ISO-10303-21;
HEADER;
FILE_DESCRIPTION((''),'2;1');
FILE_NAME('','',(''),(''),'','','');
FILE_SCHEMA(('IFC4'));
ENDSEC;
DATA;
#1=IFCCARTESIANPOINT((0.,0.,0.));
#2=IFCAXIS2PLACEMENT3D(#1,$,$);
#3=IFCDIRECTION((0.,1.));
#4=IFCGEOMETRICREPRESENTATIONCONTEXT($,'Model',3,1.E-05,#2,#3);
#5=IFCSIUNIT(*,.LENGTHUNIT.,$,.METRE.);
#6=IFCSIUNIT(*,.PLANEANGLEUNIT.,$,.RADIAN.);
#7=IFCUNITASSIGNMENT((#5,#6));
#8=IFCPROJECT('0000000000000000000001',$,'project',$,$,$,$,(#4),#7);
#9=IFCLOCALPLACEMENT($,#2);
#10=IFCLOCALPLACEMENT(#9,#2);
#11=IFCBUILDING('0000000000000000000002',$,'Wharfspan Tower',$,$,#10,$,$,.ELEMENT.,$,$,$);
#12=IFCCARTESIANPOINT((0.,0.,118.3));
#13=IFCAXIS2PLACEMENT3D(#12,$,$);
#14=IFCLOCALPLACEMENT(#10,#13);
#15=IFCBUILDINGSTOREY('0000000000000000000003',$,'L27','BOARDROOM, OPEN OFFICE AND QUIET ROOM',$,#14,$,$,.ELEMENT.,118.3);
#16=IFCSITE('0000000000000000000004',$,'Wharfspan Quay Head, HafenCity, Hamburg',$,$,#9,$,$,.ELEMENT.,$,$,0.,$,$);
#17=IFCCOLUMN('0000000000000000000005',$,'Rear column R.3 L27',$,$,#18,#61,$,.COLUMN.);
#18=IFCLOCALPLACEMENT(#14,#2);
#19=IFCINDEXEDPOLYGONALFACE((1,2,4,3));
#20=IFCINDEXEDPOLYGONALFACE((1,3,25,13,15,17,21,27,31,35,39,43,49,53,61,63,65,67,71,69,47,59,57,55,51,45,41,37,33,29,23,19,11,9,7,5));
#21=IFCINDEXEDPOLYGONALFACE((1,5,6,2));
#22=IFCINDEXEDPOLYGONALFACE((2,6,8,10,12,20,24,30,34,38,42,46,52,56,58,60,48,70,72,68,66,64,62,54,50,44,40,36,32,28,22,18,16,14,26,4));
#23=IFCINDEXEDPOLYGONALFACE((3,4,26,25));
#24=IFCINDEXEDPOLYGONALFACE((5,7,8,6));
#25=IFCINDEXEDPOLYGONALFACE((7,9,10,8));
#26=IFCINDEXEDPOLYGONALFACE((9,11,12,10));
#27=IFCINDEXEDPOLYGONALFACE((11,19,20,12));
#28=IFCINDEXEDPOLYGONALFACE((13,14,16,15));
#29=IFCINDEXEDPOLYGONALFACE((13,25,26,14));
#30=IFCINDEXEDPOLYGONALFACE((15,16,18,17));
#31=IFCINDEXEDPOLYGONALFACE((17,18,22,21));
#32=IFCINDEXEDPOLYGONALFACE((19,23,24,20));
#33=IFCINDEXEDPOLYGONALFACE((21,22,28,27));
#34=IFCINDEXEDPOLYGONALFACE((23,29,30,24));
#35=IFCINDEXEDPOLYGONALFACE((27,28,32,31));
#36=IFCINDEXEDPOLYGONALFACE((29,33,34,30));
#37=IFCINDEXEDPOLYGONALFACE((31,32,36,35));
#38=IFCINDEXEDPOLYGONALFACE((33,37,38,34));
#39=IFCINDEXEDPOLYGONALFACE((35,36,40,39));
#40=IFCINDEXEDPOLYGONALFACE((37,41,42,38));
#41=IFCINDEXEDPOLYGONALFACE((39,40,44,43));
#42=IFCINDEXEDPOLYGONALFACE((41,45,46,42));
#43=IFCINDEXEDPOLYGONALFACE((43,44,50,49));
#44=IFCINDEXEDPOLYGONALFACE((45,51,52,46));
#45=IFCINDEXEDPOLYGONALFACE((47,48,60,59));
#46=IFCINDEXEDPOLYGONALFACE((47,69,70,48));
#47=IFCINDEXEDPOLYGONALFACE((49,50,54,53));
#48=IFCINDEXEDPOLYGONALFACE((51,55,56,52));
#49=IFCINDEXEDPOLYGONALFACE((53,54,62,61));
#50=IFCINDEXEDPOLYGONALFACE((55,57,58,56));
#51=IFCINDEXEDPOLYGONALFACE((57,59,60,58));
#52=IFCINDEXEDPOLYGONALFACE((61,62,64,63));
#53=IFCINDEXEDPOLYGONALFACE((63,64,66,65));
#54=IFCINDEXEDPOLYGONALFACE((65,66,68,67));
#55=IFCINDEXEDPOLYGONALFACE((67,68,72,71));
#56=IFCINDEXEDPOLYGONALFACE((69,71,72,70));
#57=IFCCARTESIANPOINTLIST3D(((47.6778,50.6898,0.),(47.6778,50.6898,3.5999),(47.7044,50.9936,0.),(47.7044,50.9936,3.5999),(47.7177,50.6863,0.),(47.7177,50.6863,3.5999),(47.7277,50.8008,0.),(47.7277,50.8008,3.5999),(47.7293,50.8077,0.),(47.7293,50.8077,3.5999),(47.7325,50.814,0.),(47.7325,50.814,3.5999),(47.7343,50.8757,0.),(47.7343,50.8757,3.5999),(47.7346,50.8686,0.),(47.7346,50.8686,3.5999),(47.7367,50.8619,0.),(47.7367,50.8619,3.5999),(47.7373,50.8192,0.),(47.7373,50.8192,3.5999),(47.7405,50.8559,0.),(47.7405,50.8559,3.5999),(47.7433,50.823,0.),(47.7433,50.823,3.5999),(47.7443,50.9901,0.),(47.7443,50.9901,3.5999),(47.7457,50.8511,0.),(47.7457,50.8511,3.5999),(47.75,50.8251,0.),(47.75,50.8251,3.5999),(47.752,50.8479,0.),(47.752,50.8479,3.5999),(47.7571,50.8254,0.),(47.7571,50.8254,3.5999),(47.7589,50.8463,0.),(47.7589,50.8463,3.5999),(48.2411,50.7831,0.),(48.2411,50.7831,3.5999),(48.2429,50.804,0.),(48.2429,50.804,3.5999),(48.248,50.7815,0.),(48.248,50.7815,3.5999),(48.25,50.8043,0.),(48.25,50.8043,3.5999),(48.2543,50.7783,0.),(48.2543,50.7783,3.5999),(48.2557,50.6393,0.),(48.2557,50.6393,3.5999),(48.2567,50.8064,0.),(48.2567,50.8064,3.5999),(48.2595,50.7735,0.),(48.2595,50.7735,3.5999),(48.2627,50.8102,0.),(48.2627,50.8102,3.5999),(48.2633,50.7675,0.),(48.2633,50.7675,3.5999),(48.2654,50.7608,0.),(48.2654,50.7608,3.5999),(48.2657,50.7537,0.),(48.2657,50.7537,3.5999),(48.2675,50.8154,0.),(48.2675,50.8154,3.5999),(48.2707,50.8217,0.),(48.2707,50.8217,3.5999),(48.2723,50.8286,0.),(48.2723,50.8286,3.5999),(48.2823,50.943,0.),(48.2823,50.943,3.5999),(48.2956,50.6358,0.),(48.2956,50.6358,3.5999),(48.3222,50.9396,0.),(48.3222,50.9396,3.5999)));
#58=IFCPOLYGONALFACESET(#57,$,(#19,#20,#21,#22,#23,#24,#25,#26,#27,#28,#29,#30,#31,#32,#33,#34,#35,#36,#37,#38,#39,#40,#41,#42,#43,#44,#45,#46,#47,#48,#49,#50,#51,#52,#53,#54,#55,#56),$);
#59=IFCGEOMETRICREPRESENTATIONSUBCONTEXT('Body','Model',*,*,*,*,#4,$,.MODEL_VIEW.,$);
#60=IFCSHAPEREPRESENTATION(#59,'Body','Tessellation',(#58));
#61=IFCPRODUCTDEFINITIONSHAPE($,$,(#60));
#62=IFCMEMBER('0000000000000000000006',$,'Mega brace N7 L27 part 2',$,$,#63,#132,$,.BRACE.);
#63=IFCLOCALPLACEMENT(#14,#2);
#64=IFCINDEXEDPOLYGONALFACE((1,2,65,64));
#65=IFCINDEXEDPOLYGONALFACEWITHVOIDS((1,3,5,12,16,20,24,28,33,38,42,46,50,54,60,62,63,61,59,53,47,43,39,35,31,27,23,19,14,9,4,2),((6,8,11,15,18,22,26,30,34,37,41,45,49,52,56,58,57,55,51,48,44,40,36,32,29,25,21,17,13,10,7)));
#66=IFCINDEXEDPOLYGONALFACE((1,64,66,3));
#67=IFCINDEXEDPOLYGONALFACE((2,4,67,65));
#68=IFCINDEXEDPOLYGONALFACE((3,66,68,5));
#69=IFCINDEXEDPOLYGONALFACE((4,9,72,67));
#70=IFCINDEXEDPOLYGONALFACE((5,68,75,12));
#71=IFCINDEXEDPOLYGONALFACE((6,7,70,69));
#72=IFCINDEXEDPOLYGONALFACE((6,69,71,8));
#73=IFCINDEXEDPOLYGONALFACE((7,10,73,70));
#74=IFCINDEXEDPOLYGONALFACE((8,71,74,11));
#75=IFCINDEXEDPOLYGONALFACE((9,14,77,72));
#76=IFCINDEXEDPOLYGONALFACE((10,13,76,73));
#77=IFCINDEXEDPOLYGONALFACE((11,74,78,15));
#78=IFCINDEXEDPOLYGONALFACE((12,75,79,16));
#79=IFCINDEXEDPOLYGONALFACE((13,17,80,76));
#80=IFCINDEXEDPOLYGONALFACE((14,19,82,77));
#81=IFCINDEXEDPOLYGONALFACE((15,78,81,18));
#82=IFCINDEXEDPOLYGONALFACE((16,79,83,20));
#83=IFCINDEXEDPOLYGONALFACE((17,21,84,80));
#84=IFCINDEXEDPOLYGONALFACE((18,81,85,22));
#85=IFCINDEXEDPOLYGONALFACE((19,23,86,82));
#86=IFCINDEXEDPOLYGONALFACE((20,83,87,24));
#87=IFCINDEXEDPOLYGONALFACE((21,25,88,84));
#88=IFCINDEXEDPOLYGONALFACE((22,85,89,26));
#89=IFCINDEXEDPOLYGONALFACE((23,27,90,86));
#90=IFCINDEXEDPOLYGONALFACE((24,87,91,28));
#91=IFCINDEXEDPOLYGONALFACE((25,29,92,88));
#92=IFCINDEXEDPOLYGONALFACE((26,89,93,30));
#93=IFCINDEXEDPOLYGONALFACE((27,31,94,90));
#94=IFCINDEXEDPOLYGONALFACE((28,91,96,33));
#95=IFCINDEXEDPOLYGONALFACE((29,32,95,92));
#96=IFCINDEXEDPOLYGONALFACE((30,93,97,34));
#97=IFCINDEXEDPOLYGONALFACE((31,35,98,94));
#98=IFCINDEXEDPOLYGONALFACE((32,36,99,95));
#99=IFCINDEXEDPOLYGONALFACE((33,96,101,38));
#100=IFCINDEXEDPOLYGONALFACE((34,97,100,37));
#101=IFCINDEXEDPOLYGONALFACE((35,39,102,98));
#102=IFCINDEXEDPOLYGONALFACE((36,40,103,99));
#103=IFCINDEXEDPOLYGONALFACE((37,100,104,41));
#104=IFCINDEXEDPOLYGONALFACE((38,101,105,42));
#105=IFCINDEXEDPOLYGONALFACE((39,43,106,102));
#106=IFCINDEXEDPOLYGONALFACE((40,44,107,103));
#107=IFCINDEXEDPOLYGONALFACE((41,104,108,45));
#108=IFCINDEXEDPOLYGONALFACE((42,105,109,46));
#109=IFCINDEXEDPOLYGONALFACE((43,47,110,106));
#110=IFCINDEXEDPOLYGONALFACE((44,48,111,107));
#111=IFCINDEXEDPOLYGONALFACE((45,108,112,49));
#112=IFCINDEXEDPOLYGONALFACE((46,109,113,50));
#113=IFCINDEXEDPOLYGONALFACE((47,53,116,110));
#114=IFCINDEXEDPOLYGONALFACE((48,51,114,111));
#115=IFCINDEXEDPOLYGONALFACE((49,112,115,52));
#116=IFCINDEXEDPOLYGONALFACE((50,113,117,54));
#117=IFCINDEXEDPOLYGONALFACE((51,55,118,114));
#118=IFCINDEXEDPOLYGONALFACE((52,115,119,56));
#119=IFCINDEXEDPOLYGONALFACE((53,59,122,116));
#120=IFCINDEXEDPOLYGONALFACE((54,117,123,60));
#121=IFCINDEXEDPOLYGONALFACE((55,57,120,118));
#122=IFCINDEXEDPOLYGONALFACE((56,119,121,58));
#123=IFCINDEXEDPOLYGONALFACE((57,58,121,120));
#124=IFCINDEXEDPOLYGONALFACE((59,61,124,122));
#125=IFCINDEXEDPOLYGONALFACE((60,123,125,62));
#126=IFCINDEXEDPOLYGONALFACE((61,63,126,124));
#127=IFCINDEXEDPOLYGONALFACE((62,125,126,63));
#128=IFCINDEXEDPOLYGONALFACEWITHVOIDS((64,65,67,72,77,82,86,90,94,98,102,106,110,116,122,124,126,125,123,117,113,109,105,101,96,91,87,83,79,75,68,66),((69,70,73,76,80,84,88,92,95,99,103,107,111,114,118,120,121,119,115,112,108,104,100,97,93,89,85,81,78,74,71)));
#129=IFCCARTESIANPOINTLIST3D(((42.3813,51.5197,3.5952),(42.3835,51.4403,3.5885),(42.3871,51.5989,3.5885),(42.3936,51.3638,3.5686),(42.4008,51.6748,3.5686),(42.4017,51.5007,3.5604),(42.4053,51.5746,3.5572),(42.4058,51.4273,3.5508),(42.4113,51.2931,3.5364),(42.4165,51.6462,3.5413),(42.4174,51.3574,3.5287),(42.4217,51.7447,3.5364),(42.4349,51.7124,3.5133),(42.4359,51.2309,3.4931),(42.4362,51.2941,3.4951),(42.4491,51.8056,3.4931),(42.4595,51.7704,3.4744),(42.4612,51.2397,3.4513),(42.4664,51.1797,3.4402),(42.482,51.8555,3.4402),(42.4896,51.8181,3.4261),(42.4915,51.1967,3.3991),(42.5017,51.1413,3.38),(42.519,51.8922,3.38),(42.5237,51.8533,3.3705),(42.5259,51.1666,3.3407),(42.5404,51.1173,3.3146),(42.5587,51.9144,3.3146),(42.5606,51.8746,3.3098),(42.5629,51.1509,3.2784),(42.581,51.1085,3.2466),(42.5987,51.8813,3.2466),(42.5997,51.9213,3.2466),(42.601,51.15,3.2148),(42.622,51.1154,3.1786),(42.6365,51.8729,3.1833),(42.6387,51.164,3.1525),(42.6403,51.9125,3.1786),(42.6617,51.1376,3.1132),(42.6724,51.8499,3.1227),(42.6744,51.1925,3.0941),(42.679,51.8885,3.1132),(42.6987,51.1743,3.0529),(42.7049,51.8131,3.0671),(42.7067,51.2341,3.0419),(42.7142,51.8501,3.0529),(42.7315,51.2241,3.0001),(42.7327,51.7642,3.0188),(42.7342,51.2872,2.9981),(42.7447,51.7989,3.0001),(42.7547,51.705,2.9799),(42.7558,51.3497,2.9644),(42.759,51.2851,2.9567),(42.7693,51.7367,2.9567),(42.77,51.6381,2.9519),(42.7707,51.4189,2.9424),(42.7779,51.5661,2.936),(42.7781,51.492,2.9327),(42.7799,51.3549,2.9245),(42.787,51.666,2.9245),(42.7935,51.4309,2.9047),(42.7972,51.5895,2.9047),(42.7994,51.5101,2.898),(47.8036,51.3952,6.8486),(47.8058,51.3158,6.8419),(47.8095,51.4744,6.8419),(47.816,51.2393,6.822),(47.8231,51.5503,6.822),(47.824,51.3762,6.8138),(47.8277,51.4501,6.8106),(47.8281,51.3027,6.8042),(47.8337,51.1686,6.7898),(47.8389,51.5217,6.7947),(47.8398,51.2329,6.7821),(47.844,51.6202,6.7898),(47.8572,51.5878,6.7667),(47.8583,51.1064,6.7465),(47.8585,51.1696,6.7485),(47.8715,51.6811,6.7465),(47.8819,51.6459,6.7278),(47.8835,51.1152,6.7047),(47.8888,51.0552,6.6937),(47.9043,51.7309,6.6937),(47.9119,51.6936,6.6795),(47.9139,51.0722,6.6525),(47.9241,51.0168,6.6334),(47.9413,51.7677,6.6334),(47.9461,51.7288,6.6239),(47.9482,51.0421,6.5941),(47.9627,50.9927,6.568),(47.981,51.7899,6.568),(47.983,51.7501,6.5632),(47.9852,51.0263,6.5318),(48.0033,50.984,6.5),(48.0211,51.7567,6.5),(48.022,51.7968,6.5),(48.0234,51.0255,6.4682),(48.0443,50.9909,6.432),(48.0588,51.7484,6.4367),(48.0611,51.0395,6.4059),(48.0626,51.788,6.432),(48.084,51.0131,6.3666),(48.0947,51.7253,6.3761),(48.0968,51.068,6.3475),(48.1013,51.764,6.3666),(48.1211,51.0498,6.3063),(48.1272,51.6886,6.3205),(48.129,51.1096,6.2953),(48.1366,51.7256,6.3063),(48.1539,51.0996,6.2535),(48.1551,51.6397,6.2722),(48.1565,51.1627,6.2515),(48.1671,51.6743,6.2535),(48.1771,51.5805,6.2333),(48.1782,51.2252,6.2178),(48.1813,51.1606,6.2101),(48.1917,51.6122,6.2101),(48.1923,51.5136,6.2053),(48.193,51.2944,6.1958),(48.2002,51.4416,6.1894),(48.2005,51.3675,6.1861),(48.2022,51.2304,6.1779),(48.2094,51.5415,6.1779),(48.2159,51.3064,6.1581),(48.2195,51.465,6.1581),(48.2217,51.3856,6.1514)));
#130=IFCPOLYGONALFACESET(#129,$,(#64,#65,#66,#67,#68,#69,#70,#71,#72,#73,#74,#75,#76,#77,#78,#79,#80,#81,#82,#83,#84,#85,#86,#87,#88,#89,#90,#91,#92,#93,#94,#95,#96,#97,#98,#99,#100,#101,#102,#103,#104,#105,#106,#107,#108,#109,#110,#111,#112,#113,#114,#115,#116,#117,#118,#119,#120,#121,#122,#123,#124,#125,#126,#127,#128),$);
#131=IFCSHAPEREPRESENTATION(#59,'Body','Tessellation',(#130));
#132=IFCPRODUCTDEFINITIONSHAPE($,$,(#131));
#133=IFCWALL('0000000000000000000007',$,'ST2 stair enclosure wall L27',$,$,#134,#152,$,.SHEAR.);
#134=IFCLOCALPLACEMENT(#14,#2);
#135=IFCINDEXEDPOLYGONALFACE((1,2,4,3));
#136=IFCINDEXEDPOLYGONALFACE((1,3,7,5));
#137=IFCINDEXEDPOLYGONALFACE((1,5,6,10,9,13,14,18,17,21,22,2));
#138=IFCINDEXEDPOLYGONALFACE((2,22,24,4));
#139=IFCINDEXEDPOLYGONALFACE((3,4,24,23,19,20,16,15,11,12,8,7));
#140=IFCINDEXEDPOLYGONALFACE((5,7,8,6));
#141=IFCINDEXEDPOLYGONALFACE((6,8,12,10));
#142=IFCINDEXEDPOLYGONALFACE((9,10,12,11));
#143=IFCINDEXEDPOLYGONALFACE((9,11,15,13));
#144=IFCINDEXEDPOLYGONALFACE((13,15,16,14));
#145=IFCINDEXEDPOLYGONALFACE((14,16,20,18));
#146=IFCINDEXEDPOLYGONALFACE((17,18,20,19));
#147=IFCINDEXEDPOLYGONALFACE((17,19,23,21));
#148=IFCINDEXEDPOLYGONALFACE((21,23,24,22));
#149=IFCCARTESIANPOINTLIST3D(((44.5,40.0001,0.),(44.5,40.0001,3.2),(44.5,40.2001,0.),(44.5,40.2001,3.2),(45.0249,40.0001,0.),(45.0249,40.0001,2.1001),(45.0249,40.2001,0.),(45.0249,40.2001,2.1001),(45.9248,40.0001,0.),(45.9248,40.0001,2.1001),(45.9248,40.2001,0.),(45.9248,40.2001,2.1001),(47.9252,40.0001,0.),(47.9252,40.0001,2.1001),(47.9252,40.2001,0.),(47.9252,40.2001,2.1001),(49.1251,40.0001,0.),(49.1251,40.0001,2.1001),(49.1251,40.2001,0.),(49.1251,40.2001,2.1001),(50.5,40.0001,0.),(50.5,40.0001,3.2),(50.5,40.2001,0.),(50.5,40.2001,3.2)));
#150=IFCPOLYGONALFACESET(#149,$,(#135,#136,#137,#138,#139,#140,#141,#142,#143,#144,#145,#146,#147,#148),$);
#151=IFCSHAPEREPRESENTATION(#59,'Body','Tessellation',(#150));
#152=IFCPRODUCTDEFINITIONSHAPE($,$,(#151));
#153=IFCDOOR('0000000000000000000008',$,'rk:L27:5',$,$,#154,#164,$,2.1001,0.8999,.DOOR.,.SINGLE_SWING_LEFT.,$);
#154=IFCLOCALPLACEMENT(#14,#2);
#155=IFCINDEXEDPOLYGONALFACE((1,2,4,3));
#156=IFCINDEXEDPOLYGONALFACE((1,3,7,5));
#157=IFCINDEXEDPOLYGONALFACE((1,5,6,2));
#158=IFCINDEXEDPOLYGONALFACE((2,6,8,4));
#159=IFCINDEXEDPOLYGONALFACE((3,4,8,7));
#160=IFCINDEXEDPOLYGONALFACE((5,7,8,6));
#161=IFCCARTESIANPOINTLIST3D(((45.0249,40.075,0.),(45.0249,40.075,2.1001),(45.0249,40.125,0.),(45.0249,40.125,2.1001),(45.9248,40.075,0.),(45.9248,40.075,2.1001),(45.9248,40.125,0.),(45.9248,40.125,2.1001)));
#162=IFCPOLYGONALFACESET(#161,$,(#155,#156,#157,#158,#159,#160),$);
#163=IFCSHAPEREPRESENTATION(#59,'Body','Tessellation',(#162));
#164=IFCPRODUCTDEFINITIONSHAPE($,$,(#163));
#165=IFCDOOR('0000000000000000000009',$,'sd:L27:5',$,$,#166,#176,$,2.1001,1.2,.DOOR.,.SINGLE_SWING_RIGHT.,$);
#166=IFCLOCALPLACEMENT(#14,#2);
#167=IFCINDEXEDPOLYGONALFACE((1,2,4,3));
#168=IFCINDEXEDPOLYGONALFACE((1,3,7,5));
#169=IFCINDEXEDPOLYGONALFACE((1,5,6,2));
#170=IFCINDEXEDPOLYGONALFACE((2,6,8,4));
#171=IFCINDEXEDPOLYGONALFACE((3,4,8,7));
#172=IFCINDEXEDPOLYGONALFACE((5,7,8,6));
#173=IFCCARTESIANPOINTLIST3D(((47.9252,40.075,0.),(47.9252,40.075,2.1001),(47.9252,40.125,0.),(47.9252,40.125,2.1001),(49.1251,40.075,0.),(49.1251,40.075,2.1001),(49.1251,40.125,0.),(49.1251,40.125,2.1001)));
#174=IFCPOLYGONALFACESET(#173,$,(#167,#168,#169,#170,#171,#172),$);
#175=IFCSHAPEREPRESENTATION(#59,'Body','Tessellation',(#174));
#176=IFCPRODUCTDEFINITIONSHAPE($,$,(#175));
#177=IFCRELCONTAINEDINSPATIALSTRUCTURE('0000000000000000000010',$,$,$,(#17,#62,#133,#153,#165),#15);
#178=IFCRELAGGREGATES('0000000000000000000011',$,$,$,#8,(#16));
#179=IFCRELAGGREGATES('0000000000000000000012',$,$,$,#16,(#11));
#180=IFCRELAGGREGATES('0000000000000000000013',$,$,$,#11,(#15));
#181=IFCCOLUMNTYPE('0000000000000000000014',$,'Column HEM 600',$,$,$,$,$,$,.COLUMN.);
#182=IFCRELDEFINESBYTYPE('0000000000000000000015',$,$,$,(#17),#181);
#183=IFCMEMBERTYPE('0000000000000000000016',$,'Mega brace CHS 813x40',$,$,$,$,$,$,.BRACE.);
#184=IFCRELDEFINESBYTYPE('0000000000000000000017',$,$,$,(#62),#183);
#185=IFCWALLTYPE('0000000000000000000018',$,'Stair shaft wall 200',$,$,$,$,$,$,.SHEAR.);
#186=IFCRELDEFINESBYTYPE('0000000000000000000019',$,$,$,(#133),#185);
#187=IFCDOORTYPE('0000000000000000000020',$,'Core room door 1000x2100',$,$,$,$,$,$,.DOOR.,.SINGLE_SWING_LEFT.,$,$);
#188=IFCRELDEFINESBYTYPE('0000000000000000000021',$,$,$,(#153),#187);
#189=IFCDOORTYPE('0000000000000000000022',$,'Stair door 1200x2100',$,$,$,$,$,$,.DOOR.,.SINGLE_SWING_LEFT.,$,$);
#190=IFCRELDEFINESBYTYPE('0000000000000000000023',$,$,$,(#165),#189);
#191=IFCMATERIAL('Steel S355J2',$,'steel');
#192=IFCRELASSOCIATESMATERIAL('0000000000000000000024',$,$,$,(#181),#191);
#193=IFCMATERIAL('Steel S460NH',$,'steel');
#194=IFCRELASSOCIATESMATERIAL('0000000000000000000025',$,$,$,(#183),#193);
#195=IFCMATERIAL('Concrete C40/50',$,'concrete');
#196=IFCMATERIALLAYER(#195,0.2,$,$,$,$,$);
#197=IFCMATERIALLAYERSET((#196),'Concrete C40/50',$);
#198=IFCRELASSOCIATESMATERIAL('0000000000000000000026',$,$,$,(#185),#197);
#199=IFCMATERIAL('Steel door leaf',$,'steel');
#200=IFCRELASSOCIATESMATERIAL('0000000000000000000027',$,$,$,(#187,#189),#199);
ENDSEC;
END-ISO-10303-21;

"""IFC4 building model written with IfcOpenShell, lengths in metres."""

from ifc_helpers import new_model, si_unit, direction, frame, frame_2d, origin, origin_2d, place, context, subcontext, project, spatial, rectangle, hollow_circle, i_section, extrude, material, layer, layer_set, material_profile, profile_set, type_object, element, fill, save


model = new_model("IFC4")

# Units and contexts
model_context = context("Model", 3, precision=1e-05, world=origin(), true_north=direction((0.0, 1.0)))
body_context = subcontext(model_context, "Body", "Model", "MODEL_VIEW")
ifc_project = project(units=[si_unit("LENGTHUNIT", "METRE"), si_unit("PLANEANGLEUNIT", "RADIAN")], contexts=[model_context])

# Site, building, storey
site_placement = place(None, origin())
site = spatial("IfcSite", under=ifc_project, at=site_placement, Name="Wharfspan Quay Head, HafenCity, Hamburg", CompositionType="ELEMENT", RefElevation=0.0)
building_placement = place(site_placement, origin())
building = spatial("IfcBuilding", under=site, at=building_placement, Name="Wharfspan Tower", CompositionType="ELEMENT")
storey_placement = place(building_placement, frame((0.0, 0.0, 118.3)))
storey = spatial("IfcBuildingStorey", under=building, at=storey_placement, Name="L27", Description="BOARDROOM, OPEN OFFICE AND QUIET ROOM", CompositionType="ELEMENT", Elevation=118.3)

# Column
ifc_material_1 = material(Name="Steel S355J2", Category="steel")
ifc_material_profile_1 = material_profile(ifc_material_1, i_section(OverallWidth=0.3049, OverallDepth=0.6201, WebThickness=0.021, FlangeThickness=0.04, FilletRadius=0.0271, at=origin_2d()))
ifc_profile_set_1 = profile_set([ifc_material_profile_1], Name="Steel S355J2")
column_type = type_object("IfcColumnType", Name="Column HEM 600", PredefinedType="COLUMN", material=ifc_profile_set_1)
column_placement = place(storey_placement, frame((48.0, 50.8147, 0.0), z_axis=(0.0, 0.0, 1.0), x_axis=(0.087156, 0.996198, 0.0)))
element("IfcColumn", 1, at=column_placement, inside=storey, type_object=column_type, Name="Rear column R.3 L27", PredefinedType="COLUMN", context=body_context, shape_type="SweptSolid", body=[
    extrude(i_section(OverallWidth=0.3049, OverallDepth=0.6201, WebThickness=0.021, FlangeThickness=0.04, FilletRadius=0.0271, at=origin_2d()), origin(), (0.0, 0.0, 1.0), 3.5999),
])

# Member
ifc_material_2 = material(Name="Steel S460NH", Category="steel")
ifc_material_profile_2 = material_profile(ifc_material_2, hollow_circle(Radius=0.4065, WallThickness=0.04, at=origin_2d()))
ifc_profile_set_2 = profile_set([ifc_material_profile_2], Name="Steel S460NH")
member_type = type_object("IfcMemberType", Name="Mega brace CHS 813x40", PredefinedType="BRACE", material=ifc_profile_set_2)
member_placement = place(storey_placement, frame((42.5903, 51.5149, 3.2466), z_axis=(0.857327, -0.019686, 0.514396), x_axis=(0.022956, 0.999736, 0.0)))
element("IfcMember", 2, at=member_placement, inside=storey, type_object=member_type, Name="Mega brace N7 L27 part 2", PredefinedType="BRACE", context=body_context, shape_type="SweptSolid", body=[
    extrude(hollow_circle(Radius=0.4065, WallThickness=0.04, at=origin_2d()), origin(), (0.0, 0.0, 1.0), 6.3247),
])

# Wall, openings, doors
ifc_material_3 = material(Name="Concrete C40/50", Category="concrete")
ifc_layer = layer(ifc_material_3, 0.2)
ifc_layer_set = layer_set([ifc_layer], Name="Concrete C40/50")
wall_type = type_object("IfcWallType", Name="Stair shaft wall 200", PredefinedType="SHEAR", material=ifc_layer_set)
wall_1_placement = place(storey_placement, frame((44.5, 40.1001, 0.0), z_axis=(0.0, 0.0, 1.0), x_axis=(1.0, 0.0, 0.0)))
wall_1 = element("IfcWall", 3, at=wall_1_placement, inside=storey, type_object=wall_type, Name="ST2 stair enclosure wall L27", PredefinedType="SHEAR", context=body_context, shape_type="SweptSolid", body=[
    extrude(rectangle(XDim=6.0, YDim=0.2, at=frame_2d((3.0, 0.0))), origin(), (0.0, 0.0, 1.0), 3.2),
])
opening_1_placement = place(wall_1_placement, frame((3.425, 0.0, 0.0)))
opening_1 = element("IfcOpeningElement", 4, at=opening_1_placement, cuts=wall_1, PredefinedType="OPENING", context=body_context, shape_type="SweptSolid", body=[
    extrude(rectangle(XDim=1.2, YDim=2.1001, at=frame_2d((0.6001, 1.05))), frame((0.0, 0.1099, 0.0), z_axis=(0.0, -1.0, 0.0), x_axis=(1.0, 0.0, 0.0)), (0.0, 0.0, 1.0), 0.22),
])
opening_2_placement = place(wall_1_placement, frame((0.5249, 0.0, 0.0)))
opening_2 = element("IfcOpeningElement", 5, at=opening_2_placement, cuts=wall_1, PredefinedType="OPENING", context=body_context, shape_type="SweptSolid", body=[
    extrude(rectangle(XDim=0.8999, YDim=2.1001, at=frame_2d((0.45, 1.05))), frame((0.0, 0.1099, 0.0), z_axis=(0.0, -1.0, 0.0), x_axis=(1.0, 0.0, 0.0)), (0.0, 0.0, 1.0), 0.22),
])
ifc_material_4 = material(Name="Steel door leaf", Category="steel")
door_type_1 = type_object("IfcDoorType", Name="Core room door 1000x2100", OperationType="SINGLE_SWING_LEFT", PredefinedType="DOOR", material=ifc_material_4)
door_1_placement = place(opening_2_placement, origin())
door_1 = element("IfcDoor", 6, at=door_1_placement, inside=storey, type_object=door_type_1, Name="rk:L27:5", OperationType="SINGLE_SWING_LEFT", OverallHeight=2.1001, OverallWidth=0.8999, PredefinedType="DOOR", context=body_context, shape_type="SweptSolid", body=[
    extrude(rectangle(XDim=0.8999, YDim=2.1001, at=frame_2d((0.45, 1.05))), frame((0.0, 0.0249, 0.0), z_axis=(0.0, -1.0, 0.0), x_axis=(1.0, 0.0, 0.0)), (0.0, 0.0, 1.0), 0.05),
])
fill(opening_2, door_1)
door_type_2 = type_object("IfcDoorType", Name="Stair door 1200x2100", OperationType="SINGLE_SWING_LEFT", PredefinedType="DOOR", material=ifc_material_4)
door_2_placement = place(opening_1_placement, origin())
door_2 = element("IfcDoor", 7, at=door_2_placement, inside=storey, type_object=door_type_2, Name="sd:L27:5", OperationType="SINGLE_SWING_RIGHT", OverallHeight=2.1001, OverallWidth=1.2, PredefinedType="DOOR", context=body_context, shape_type="SweptSolid", body=[
    extrude(rectangle(XDim=1.2, YDim=2.1001, at=frame_2d((0.6001, 1.05))), frame((0.0, 0.0249, 0.0), z_axis=(0.0, -1.0, 0.0), x_axis=(1.0, 0.0, 0.0)), (0.0, 0.0, 1.0), 0.05),
])
fill(opening_1, door_2)

save(model, "model.ifc")
